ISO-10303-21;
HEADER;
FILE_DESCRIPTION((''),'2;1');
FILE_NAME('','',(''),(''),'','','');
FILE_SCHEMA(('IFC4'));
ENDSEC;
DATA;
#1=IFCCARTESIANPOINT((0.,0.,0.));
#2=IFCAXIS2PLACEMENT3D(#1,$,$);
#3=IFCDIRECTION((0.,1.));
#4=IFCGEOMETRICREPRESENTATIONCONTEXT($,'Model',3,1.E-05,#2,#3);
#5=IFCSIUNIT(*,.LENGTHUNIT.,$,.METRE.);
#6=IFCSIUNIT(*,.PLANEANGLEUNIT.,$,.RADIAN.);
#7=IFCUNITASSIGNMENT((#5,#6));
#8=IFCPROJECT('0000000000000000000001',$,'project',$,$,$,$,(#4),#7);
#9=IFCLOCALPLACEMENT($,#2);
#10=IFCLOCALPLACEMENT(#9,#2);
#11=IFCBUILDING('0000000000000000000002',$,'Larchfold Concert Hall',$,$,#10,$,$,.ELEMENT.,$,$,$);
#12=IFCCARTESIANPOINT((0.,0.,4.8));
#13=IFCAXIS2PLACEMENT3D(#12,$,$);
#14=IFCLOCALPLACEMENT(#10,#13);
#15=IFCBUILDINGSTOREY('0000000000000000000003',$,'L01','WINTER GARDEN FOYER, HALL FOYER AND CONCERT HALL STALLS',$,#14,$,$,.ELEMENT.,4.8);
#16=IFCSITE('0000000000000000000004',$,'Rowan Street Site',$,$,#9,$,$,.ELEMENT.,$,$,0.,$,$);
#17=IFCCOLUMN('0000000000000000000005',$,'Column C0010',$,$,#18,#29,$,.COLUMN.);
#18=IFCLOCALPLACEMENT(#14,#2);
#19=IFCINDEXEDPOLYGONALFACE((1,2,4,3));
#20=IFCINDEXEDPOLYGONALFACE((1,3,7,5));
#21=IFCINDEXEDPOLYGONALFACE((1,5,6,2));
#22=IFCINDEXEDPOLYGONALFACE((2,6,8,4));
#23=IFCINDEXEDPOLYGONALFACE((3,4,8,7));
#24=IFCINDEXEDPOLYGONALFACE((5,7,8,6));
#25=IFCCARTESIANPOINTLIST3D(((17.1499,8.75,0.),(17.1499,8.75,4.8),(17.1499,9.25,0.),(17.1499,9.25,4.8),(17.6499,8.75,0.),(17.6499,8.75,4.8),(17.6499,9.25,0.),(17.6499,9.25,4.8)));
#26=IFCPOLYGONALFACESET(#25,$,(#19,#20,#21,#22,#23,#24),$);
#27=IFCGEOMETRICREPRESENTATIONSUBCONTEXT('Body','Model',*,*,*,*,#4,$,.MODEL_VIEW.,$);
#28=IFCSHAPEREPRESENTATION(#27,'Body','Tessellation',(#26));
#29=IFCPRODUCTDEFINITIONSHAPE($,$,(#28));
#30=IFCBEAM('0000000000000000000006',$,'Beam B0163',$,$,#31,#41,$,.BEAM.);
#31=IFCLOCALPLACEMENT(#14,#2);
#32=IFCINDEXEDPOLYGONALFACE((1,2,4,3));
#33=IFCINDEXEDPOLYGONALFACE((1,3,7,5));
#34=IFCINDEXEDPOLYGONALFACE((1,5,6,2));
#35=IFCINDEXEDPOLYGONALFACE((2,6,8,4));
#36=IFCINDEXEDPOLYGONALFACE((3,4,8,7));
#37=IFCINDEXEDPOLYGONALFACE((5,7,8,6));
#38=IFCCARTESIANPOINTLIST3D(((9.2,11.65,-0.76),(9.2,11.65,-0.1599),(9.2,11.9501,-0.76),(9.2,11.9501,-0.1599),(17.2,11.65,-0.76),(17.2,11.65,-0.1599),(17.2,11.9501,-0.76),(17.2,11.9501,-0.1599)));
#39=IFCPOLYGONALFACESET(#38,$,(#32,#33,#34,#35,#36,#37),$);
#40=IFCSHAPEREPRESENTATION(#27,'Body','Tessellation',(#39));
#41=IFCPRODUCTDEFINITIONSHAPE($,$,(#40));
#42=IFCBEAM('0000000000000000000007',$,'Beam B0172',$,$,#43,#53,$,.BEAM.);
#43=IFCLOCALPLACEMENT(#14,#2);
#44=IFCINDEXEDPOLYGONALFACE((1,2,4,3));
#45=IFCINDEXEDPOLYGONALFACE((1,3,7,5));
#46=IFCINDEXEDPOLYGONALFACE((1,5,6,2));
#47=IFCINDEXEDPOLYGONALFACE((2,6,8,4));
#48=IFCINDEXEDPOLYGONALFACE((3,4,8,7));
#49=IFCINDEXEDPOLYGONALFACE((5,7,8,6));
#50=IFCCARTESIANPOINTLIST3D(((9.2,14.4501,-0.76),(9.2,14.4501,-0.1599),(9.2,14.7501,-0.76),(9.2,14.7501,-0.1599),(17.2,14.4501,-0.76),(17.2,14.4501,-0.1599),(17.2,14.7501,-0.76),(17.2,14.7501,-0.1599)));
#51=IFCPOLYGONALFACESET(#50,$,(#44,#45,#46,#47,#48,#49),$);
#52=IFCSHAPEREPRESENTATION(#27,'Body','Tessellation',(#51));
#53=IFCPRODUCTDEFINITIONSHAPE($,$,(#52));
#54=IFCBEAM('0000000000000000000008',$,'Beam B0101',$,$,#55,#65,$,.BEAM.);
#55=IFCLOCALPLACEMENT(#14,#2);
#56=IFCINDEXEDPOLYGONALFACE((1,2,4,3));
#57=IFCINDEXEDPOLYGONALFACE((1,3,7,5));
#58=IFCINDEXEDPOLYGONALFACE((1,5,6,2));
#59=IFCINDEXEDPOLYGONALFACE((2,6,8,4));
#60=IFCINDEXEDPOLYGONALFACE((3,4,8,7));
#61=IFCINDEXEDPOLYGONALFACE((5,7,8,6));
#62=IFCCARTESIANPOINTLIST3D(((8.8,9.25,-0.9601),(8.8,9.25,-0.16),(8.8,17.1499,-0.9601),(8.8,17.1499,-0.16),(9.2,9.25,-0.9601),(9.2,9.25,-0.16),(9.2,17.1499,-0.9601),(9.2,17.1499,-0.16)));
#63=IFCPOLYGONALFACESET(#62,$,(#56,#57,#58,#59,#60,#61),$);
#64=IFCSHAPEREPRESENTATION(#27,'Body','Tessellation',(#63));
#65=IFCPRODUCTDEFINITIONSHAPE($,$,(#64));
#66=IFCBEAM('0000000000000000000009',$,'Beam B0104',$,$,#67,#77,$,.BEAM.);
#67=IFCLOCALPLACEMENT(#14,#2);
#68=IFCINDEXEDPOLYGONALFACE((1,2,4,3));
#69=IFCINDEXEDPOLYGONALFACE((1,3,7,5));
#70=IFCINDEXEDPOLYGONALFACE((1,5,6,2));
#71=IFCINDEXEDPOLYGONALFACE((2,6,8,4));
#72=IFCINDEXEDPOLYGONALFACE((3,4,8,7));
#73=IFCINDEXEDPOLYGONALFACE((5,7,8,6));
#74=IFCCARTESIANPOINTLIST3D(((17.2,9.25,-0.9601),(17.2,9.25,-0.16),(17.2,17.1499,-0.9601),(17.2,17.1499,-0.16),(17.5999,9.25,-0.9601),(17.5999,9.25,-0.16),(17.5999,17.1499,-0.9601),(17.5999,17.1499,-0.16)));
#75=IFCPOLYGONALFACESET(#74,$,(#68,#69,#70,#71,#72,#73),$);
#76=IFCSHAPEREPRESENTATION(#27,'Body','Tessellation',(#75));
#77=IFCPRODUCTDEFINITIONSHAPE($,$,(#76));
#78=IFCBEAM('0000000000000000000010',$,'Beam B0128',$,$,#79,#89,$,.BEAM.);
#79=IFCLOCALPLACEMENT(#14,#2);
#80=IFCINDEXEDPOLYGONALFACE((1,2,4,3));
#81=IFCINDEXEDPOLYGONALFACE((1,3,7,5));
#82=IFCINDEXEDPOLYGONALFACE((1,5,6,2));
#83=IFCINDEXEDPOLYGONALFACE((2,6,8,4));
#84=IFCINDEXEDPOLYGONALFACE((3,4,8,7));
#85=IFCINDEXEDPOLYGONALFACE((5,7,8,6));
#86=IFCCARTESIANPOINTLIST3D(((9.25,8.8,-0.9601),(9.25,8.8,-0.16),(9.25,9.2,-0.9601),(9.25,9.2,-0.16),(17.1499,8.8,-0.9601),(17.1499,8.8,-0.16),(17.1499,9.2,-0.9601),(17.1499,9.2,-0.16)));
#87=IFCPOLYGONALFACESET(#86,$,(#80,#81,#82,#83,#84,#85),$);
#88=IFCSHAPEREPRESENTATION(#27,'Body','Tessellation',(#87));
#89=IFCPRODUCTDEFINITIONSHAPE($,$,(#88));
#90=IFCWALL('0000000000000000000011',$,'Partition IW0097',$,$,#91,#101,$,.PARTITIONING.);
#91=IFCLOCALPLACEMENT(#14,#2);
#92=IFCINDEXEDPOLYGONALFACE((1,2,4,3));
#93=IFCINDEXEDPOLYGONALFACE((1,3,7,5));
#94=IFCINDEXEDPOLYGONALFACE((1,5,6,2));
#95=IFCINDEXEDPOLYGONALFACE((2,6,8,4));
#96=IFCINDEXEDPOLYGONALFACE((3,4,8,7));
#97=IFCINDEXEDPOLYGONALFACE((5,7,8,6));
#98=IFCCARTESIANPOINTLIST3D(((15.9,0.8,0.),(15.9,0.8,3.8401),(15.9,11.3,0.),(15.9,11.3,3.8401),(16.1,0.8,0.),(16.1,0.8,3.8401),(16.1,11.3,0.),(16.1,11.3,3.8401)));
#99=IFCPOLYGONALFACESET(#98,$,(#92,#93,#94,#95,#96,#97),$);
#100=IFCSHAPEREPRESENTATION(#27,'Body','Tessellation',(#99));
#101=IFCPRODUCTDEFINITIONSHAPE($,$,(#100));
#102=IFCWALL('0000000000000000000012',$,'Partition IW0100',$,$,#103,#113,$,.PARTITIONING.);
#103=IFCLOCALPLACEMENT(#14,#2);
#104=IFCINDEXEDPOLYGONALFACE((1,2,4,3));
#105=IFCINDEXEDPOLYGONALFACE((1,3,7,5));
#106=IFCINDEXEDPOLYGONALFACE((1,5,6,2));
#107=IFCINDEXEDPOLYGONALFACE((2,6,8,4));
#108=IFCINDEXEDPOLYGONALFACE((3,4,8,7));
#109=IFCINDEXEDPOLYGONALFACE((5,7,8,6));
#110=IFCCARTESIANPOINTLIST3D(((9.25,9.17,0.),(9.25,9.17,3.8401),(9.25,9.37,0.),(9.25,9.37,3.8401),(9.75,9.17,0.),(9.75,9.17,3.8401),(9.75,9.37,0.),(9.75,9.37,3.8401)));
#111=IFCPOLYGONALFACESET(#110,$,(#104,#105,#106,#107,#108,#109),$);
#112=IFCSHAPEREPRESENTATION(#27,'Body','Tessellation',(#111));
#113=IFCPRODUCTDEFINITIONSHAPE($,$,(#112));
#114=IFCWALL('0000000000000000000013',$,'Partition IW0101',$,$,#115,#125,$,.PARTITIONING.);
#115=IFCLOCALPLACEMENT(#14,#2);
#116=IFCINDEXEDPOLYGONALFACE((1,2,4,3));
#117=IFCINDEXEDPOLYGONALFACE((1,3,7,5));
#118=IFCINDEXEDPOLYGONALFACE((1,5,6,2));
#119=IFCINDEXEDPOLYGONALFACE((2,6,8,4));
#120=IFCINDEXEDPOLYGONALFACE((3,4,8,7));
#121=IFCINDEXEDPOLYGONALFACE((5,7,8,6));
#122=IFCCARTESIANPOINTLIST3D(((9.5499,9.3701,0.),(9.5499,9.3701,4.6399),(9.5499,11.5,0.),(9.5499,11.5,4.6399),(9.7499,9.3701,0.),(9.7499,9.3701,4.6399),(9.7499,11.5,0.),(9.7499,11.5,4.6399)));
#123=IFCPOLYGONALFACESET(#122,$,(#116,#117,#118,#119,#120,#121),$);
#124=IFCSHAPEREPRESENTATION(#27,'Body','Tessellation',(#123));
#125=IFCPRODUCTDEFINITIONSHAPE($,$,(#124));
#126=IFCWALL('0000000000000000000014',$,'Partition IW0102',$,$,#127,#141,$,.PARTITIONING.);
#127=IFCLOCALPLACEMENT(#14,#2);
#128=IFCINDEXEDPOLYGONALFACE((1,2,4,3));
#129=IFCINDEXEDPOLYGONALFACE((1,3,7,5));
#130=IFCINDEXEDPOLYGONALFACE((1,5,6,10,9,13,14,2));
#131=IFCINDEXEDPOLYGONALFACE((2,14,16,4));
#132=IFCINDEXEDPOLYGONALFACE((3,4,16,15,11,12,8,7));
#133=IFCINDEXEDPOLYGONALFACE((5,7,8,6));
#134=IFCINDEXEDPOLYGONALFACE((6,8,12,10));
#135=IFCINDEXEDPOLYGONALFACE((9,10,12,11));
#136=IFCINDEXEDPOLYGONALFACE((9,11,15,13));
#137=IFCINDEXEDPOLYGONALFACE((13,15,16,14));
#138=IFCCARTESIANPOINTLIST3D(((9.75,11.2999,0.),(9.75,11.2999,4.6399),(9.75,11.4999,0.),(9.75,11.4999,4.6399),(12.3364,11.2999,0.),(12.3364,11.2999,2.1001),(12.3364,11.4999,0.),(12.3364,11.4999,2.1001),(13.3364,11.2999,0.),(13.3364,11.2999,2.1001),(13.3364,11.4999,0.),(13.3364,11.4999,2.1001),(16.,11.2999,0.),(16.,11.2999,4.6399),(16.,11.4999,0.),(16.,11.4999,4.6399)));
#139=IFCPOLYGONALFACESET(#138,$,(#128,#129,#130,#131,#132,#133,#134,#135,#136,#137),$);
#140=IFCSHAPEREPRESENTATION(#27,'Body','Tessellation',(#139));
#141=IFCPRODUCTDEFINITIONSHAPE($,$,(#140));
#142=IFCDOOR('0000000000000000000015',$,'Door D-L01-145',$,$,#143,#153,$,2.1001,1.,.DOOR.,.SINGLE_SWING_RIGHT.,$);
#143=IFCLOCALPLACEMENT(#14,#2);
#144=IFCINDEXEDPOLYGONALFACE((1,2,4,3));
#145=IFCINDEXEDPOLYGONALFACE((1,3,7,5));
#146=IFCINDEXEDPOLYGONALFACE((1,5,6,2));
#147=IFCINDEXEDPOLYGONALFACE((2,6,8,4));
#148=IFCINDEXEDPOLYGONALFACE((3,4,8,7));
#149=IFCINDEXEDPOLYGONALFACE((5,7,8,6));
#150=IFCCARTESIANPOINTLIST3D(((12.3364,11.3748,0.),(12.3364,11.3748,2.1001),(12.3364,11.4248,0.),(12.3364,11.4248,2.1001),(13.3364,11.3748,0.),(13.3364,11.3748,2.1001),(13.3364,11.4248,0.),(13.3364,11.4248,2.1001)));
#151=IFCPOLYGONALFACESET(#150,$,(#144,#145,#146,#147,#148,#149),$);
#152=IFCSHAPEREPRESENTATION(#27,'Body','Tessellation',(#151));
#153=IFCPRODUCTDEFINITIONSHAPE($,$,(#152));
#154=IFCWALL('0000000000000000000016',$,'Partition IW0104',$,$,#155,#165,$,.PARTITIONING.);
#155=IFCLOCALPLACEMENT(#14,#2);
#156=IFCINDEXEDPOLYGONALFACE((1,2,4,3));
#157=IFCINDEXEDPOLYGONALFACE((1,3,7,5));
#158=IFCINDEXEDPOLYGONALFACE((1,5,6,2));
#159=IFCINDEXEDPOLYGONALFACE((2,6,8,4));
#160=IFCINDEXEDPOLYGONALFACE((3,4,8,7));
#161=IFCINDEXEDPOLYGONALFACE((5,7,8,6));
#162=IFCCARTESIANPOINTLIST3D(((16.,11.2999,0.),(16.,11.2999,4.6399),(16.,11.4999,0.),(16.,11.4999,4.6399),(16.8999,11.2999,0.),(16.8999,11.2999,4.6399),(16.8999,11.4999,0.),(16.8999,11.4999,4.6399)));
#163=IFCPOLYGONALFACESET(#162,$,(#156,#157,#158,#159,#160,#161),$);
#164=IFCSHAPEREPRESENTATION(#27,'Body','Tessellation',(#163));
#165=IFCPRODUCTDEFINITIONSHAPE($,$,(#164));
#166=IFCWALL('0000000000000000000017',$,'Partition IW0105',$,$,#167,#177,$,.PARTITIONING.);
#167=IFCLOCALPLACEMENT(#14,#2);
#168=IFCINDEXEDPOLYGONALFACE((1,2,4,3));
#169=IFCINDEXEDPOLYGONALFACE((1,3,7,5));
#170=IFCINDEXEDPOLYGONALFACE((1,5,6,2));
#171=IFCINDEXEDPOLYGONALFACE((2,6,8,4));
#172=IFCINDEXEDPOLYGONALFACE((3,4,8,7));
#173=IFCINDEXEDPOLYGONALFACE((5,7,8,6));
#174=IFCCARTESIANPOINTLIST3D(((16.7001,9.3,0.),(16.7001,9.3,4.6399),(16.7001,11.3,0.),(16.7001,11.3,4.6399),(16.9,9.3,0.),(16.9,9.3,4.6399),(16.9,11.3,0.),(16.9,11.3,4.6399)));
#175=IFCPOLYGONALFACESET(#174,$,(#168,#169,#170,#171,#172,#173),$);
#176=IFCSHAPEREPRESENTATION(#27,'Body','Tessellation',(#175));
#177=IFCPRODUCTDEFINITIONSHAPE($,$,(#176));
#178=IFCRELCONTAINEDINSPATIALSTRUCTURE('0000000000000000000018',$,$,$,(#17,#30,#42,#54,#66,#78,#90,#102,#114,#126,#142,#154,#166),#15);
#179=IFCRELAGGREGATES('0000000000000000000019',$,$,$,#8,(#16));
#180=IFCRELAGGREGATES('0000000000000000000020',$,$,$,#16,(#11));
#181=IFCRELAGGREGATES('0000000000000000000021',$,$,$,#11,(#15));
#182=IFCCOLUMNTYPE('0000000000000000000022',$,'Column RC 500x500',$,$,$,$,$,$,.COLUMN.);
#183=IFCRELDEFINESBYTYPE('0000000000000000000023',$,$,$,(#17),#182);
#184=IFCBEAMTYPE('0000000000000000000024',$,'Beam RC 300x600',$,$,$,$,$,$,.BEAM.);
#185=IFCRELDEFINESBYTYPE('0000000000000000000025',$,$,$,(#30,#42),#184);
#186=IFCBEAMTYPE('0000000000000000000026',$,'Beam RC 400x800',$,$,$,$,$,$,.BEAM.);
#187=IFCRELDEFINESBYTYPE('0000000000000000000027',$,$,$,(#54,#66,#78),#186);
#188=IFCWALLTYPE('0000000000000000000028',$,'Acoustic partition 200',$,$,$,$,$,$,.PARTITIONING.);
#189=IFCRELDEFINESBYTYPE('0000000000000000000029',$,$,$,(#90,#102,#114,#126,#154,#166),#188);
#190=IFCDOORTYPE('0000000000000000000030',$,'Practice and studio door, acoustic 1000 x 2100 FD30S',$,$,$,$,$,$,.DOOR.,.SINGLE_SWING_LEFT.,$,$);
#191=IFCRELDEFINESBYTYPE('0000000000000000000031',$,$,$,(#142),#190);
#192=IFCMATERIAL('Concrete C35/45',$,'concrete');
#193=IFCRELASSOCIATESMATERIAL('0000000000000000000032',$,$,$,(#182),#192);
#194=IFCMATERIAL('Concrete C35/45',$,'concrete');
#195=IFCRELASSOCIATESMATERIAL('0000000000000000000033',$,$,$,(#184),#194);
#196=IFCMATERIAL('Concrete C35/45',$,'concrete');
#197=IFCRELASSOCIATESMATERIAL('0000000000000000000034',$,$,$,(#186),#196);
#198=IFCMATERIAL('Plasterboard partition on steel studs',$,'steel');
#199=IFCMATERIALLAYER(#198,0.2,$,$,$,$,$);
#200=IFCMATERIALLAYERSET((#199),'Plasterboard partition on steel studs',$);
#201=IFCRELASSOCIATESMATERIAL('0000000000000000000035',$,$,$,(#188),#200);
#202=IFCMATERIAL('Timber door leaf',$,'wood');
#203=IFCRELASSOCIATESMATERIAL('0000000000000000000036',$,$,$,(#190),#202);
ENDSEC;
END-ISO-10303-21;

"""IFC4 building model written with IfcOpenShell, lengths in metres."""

from ifc_helpers import new_model, si_unit, direction, frame, frame_2d, origin, origin_2d, place, context, subcontext, project, spatial, rectangle, extrude, material, layer, layer_set, material_profile, profile_set, type_object, element, fill, save


model = new_model("IFC4")

# Units and contexts
model_context = context("Model", 3, precision=1e-05, world=origin(), true_north=direction((0.0, 1.0)))
body_context = subcontext(model_context, "Body", "Model", "MODEL_VIEW")
ifc_project = project(units=[si_unit("LENGTHUNIT", "METRE"), si_unit("PLANEANGLEUNIT", "RADIAN")], contexts=[model_context])

# Site, building, storey
site_placement = place(None, origin())
site = spatial("IfcSite", under=ifc_project, at=site_placement, Name="Rowan Street Site", CompositionType="ELEMENT", RefElevation=0.0)
building_placement = place(site_placement, origin())
building = spatial("IfcBuilding", under=site, at=building_placement, Name="Larchfold Concert Hall", CompositionType="ELEMENT")
storey_placement = place(building_placement, frame((0.0, 0.0, 4.8)))
storey = spatial("IfcBuildingStorey", under=building, at=storey_placement, Name="L01", Description="WINTER GARDEN FOYER, HALL FOYER AND CONCERT HALL STALLS", CompositionType="ELEMENT", Elevation=4.8)

# Column
ifc_material_1 = material(Name="Concrete C35/45", Category="concrete")
ifc_material_profile_1 = material_profile(ifc_material_1, rectangle(XDim=0.5, YDim=0.5, at=origin_2d()))
ifc_profile_set_1 = profile_set([ifc_material_profile_1], Name="Concrete C35/45")
column_type = type_object("IfcColumnType", Name="Column RC 500x500", PredefinedType="COLUMN", material=ifc_profile_set_1)
column_placement = place(storey_placement, frame((17.3999, 9.0, 0.0), z_axis=(0.0, 0.0, 1.0), x_axis=(1.0, 0.0, 0.0)))
element("IfcColumn", 1, at=column_placement, inside=storey, type_object=column_type, Name="Column C0010", PredefinedType="COLUMN", context=body_context, shape_type="SweptSolid", body=[
    extrude(rectangle(XDim=0.5, YDim=0.5, at=origin_2d()), origin(), (0.0, 0.0, 1.0), 4.8),
])

# Beams
ifc_material_2 = material(Name="Concrete C35/45", Category="concrete")
ifc_material_profile_2 = material_profile(ifc_material_2, rectangle(XDim=0.3, YDim=0.6001, at=origin_2d()))
ifc_profile_set_2 = profile_set([ifc_material_profile_2], Name="Concrete C35/45")
beam_type_1 = type_object("IfcBeamType", Name="Beam RC 300x600", PredefinedType="BEAM", material=ifc_profile_set_2)
for number, where, z_axis, x_axis, name in (
    (2, (9.2, 11.8, -0.46), (1.0, 0.0, 0.0), (0.0, 1.0, 0.0), "Beam B0163"),
    (3, (9.2, 14.6001, -0.46), (1.0, 0.0, 0.0), (0.0, 1.0, 0.0), "Beam B0172"),
):
    element("IfcBeam", number, at=place(storey_placement, frame(where, z_axis=z_axis, x_axis=x_axis)), inside=storey, type_object=beam_type_1, Name=name, PredefinedType="BEAM", context=body_context, shape_type="SweptSolid", body=[
        extrude(rectangle(XDim=0.3, YDim=0.6001, at=origin_2d()), origin(), (0.0, 0.0, 1.0), 8.0),
    ])
ifc_material_3 = material(Name="Concrete C35/45", Category="concrete")
ifc_material_profile_3 = material_profile(ifc_material_3, rectangle(XDim=0.3999, YDim=0.8, at=origin_2d()))
ifc_profile_set_3 = profile_set([ifc_material_profile_3], Name="Concrete C35/45")
beam_type_2 = type_object("IfcBeamType", Name="Beam RC 400x800", PredefinedType="BEAM", material=ifc_profile_set_3)
for number, where, z_axis, x_axis, name in (
    (4, (9.0, 9.25, -0.5601), (0.0, 1.0, 0.0), (-1.0, 0.0, 0.0), "Beam B0101"),
    (5, (17.3999, 9.25, -0.5601), (0.0, 1.0, 0.0), (-1.0, 0.0, 0.0), "Beam B0104"),
    (6, (9.25, 9.0, -0.5601), (1.0, 0.0, 0.0), (0.0, 1.0, 0.0), "Beam B0128"),
):
    element("IfcBeam", number, at=place(storey_placement, frame(where, z_axis=z_axis, x_axis=x_axis)), inside=storey, type_object=beam_type_2, Name=name, PredefinedType="BEAM", context=body_context, shape_type="SweptSolid", body=[
        extrude(rectangle(XDim=0.3999, YDim=0.8, at=origin_2d()), origin(), (0.0, 0.0, 1.0), 7.8999),
    ])

# Walls
ifc_material_4 = material(Name="Plasterboard partition on steel studs", Category="steel")
ifc_layer_1 = layer(ifc_material_4, 0.2)
ifc_layer_set_1 = layer_set([ifc_layer_1], Name="Plasterboard partition on steel studs")
wall_type_1 = type_object("IfcWallType", Name="Acoustic partition 200", PredefinedType="PARTITIONING", material=ifc_layer_set_1)
wall_1_placement = place(storey_placement, frame((16.0, 11.3, 0.0), z_axis=(0.0, 0.0, 1.0), x_axis=(0.0, -1.0, 0.0)))
element("IfcWall", 7, at=wall_1_placement, inside=storey, type_object=wall_type_1, Name="Partition IW0097", PredefinedType="PARTITIONING", context=body_context, shape_type="SweptSolid", body=[
    extrude(rectangle(XDim=10.5, YDim=0.2, at=frame_2d((5.25, 0.0))), origin(), (0.0, 0.0, 1.0), 3.8401),
])
wall_2_placement = place(storey_placement, frame((9.25, 9.27, 0.0), z_axis=(0.0, 0.0, 1.0), x_axis=(1.0, 0.0, 0.0)))
element("IfcWall", 8, at=wall_2_placement, inside=storey, type_object=wall_type_1, Name="Partition IW0100", PredefinedType="PARTITIONING", context=body_context, shape_type="SweptSolid", body=[
    extrude(rectangle(XDim=0.5, YDim=0.2, at=frame_2d((0.25, 0.0))), origin(), (0.0, 0.0, 1.0), 3.8401),
])
wall_3_placement = place(storey_placement, frame((9.6499, 9.3701, 0.0), z_axis=(0.0, 0.0, 1.0), x_axis=(0.0, 1.0, 0.0)))
element("IfcWall", 9, at=wall_3_placement, inside=storey, type_object=wall_type_1, Name="Partition IW0101", PredefinedType="PARTITIONING", context=body_context, shape_type="SweptSolid", body=[
    extrude(rectangle(XDim=2.1299, YDim=0.2, at=frame_2d((1.0649, 0.0))), origin(), (0.0, 0.0, 1.0), 4.6399),
])

# Wall, opening, door
wall_4_placement = place(storey_placement, frame((9.75, 11.3999, 0.0), z_axis=(0.0, 0.0, 1.0), x_axis=(1.0, 0.0, 0.0)))
wall_4 = element("IfcWall", 10, at=wall_4_placement, inside=storey, type_object=wall_type_1, Name="Partition IW0102", PredefinedType="PARTITIONING", context=body_context, shape_type="SweptSolid", body=[
    extrude(rectangle(XDim=6.25, YDim=0.2, at=frame_2d((3.125, 0.0))), origin(), (0.0, 0.0, 1.0), 4.6399),
])
opening_1_placement = place(wall_4_placement, frame((2.5864, 0.0, 0.0)))
opening_1 = element("IfcOpeningElement", 11, at=opening_1_placement, cuts=wall_4, PredefinedType="OPENING", context=body_context, shape_type="SweptSolid", body=[
    extrude(rectangle(XDim=1.0, YDim=2.1001, at=frame_2d((0.5, 1.05))), frame((0.0, 0.1099, 0.0), z_axis=(0.0, -1.0, 0.0), x_axis=(1.0, 0.0, 0.0)), (0.0, 0.0, 1.0), 0.22),
])
ifc_material_5 = material(Name="Timber door leaf", Category="wood")
door_type_1 = type_object("IfcDoorType", Name="Practice and studio door, acoustic 1000 x 2100 FD30S", OperationType="SINGLE_SWING_LEFT", PredefinedType="DOOR", material=ifc_material_5)
door_1_placement = place(opening_1_placement, origin())
door_1 = element("IfcDoor", 12, at=door_1_placement, inside=storey, type_object=door_type_1, Name="Door D-L01-145", OperationType="SINGLE_SWING_RIGHT", OverallHeight=2.1001, OverallWidth=1.0, PredefinedType="DOOR", context=body_context, shape_type="SweptSolid", body=[
    extrude(rectangle(XDim=1.0, YDim=2.1001, at=frame_2d((0.5, 1.05))), frame((0.0, 0.0249, 0.0), z_axis=(0.0, -1.0, 0.0), x_axis=(1.0, 0.0, 0.0)), (0.0, 0.0, 1.0), 0.05),
])
fill(opening_1, door_1)

# Walls
wall_5_placement = place(storey_placement, frame((16.0, 11.3999, 0.0), z_axis=(0.0, 0.0, 1.0), x_axis=(1.0, 0.0, 0.0)))
element("IfcWall", 13, at=wall_5_placement, inside=storey, type_object=wall_type_1, Name="Partition IW0104", PredefinedType="PARTITIONING", context=body_context, shape_type="SweptSolid", body=[
    extrude(rectangle(XDim=0.8999, YDim=0.2, at=frame_2d((0.45, 0.0))), origin(), (0.0, 0.0, 1.0), 4.6399),
])
wall_6_placement = place(storey_placement, frame((16.8, 11.3, 0.0), z_axis=(0.0, 0.0, 1.0), x_axis=(0.0, -1.0, 0.0)))
element("IfcWall", 14, at=wall_6_placement, inside=storey, type_object=wall_type_1, Name="Partition IW0105", PredefinedType="PARTITIONING", context=body_context, shape_type="SweptSolid", body=[
    extrude(rectangle(XDim=2.0, YDim=0.2, at=frame_2d((1.0, 0.0))), origin(), (0.0, 0.0, 1.0), 4.6399),
])

save(model, "model.ifc")
